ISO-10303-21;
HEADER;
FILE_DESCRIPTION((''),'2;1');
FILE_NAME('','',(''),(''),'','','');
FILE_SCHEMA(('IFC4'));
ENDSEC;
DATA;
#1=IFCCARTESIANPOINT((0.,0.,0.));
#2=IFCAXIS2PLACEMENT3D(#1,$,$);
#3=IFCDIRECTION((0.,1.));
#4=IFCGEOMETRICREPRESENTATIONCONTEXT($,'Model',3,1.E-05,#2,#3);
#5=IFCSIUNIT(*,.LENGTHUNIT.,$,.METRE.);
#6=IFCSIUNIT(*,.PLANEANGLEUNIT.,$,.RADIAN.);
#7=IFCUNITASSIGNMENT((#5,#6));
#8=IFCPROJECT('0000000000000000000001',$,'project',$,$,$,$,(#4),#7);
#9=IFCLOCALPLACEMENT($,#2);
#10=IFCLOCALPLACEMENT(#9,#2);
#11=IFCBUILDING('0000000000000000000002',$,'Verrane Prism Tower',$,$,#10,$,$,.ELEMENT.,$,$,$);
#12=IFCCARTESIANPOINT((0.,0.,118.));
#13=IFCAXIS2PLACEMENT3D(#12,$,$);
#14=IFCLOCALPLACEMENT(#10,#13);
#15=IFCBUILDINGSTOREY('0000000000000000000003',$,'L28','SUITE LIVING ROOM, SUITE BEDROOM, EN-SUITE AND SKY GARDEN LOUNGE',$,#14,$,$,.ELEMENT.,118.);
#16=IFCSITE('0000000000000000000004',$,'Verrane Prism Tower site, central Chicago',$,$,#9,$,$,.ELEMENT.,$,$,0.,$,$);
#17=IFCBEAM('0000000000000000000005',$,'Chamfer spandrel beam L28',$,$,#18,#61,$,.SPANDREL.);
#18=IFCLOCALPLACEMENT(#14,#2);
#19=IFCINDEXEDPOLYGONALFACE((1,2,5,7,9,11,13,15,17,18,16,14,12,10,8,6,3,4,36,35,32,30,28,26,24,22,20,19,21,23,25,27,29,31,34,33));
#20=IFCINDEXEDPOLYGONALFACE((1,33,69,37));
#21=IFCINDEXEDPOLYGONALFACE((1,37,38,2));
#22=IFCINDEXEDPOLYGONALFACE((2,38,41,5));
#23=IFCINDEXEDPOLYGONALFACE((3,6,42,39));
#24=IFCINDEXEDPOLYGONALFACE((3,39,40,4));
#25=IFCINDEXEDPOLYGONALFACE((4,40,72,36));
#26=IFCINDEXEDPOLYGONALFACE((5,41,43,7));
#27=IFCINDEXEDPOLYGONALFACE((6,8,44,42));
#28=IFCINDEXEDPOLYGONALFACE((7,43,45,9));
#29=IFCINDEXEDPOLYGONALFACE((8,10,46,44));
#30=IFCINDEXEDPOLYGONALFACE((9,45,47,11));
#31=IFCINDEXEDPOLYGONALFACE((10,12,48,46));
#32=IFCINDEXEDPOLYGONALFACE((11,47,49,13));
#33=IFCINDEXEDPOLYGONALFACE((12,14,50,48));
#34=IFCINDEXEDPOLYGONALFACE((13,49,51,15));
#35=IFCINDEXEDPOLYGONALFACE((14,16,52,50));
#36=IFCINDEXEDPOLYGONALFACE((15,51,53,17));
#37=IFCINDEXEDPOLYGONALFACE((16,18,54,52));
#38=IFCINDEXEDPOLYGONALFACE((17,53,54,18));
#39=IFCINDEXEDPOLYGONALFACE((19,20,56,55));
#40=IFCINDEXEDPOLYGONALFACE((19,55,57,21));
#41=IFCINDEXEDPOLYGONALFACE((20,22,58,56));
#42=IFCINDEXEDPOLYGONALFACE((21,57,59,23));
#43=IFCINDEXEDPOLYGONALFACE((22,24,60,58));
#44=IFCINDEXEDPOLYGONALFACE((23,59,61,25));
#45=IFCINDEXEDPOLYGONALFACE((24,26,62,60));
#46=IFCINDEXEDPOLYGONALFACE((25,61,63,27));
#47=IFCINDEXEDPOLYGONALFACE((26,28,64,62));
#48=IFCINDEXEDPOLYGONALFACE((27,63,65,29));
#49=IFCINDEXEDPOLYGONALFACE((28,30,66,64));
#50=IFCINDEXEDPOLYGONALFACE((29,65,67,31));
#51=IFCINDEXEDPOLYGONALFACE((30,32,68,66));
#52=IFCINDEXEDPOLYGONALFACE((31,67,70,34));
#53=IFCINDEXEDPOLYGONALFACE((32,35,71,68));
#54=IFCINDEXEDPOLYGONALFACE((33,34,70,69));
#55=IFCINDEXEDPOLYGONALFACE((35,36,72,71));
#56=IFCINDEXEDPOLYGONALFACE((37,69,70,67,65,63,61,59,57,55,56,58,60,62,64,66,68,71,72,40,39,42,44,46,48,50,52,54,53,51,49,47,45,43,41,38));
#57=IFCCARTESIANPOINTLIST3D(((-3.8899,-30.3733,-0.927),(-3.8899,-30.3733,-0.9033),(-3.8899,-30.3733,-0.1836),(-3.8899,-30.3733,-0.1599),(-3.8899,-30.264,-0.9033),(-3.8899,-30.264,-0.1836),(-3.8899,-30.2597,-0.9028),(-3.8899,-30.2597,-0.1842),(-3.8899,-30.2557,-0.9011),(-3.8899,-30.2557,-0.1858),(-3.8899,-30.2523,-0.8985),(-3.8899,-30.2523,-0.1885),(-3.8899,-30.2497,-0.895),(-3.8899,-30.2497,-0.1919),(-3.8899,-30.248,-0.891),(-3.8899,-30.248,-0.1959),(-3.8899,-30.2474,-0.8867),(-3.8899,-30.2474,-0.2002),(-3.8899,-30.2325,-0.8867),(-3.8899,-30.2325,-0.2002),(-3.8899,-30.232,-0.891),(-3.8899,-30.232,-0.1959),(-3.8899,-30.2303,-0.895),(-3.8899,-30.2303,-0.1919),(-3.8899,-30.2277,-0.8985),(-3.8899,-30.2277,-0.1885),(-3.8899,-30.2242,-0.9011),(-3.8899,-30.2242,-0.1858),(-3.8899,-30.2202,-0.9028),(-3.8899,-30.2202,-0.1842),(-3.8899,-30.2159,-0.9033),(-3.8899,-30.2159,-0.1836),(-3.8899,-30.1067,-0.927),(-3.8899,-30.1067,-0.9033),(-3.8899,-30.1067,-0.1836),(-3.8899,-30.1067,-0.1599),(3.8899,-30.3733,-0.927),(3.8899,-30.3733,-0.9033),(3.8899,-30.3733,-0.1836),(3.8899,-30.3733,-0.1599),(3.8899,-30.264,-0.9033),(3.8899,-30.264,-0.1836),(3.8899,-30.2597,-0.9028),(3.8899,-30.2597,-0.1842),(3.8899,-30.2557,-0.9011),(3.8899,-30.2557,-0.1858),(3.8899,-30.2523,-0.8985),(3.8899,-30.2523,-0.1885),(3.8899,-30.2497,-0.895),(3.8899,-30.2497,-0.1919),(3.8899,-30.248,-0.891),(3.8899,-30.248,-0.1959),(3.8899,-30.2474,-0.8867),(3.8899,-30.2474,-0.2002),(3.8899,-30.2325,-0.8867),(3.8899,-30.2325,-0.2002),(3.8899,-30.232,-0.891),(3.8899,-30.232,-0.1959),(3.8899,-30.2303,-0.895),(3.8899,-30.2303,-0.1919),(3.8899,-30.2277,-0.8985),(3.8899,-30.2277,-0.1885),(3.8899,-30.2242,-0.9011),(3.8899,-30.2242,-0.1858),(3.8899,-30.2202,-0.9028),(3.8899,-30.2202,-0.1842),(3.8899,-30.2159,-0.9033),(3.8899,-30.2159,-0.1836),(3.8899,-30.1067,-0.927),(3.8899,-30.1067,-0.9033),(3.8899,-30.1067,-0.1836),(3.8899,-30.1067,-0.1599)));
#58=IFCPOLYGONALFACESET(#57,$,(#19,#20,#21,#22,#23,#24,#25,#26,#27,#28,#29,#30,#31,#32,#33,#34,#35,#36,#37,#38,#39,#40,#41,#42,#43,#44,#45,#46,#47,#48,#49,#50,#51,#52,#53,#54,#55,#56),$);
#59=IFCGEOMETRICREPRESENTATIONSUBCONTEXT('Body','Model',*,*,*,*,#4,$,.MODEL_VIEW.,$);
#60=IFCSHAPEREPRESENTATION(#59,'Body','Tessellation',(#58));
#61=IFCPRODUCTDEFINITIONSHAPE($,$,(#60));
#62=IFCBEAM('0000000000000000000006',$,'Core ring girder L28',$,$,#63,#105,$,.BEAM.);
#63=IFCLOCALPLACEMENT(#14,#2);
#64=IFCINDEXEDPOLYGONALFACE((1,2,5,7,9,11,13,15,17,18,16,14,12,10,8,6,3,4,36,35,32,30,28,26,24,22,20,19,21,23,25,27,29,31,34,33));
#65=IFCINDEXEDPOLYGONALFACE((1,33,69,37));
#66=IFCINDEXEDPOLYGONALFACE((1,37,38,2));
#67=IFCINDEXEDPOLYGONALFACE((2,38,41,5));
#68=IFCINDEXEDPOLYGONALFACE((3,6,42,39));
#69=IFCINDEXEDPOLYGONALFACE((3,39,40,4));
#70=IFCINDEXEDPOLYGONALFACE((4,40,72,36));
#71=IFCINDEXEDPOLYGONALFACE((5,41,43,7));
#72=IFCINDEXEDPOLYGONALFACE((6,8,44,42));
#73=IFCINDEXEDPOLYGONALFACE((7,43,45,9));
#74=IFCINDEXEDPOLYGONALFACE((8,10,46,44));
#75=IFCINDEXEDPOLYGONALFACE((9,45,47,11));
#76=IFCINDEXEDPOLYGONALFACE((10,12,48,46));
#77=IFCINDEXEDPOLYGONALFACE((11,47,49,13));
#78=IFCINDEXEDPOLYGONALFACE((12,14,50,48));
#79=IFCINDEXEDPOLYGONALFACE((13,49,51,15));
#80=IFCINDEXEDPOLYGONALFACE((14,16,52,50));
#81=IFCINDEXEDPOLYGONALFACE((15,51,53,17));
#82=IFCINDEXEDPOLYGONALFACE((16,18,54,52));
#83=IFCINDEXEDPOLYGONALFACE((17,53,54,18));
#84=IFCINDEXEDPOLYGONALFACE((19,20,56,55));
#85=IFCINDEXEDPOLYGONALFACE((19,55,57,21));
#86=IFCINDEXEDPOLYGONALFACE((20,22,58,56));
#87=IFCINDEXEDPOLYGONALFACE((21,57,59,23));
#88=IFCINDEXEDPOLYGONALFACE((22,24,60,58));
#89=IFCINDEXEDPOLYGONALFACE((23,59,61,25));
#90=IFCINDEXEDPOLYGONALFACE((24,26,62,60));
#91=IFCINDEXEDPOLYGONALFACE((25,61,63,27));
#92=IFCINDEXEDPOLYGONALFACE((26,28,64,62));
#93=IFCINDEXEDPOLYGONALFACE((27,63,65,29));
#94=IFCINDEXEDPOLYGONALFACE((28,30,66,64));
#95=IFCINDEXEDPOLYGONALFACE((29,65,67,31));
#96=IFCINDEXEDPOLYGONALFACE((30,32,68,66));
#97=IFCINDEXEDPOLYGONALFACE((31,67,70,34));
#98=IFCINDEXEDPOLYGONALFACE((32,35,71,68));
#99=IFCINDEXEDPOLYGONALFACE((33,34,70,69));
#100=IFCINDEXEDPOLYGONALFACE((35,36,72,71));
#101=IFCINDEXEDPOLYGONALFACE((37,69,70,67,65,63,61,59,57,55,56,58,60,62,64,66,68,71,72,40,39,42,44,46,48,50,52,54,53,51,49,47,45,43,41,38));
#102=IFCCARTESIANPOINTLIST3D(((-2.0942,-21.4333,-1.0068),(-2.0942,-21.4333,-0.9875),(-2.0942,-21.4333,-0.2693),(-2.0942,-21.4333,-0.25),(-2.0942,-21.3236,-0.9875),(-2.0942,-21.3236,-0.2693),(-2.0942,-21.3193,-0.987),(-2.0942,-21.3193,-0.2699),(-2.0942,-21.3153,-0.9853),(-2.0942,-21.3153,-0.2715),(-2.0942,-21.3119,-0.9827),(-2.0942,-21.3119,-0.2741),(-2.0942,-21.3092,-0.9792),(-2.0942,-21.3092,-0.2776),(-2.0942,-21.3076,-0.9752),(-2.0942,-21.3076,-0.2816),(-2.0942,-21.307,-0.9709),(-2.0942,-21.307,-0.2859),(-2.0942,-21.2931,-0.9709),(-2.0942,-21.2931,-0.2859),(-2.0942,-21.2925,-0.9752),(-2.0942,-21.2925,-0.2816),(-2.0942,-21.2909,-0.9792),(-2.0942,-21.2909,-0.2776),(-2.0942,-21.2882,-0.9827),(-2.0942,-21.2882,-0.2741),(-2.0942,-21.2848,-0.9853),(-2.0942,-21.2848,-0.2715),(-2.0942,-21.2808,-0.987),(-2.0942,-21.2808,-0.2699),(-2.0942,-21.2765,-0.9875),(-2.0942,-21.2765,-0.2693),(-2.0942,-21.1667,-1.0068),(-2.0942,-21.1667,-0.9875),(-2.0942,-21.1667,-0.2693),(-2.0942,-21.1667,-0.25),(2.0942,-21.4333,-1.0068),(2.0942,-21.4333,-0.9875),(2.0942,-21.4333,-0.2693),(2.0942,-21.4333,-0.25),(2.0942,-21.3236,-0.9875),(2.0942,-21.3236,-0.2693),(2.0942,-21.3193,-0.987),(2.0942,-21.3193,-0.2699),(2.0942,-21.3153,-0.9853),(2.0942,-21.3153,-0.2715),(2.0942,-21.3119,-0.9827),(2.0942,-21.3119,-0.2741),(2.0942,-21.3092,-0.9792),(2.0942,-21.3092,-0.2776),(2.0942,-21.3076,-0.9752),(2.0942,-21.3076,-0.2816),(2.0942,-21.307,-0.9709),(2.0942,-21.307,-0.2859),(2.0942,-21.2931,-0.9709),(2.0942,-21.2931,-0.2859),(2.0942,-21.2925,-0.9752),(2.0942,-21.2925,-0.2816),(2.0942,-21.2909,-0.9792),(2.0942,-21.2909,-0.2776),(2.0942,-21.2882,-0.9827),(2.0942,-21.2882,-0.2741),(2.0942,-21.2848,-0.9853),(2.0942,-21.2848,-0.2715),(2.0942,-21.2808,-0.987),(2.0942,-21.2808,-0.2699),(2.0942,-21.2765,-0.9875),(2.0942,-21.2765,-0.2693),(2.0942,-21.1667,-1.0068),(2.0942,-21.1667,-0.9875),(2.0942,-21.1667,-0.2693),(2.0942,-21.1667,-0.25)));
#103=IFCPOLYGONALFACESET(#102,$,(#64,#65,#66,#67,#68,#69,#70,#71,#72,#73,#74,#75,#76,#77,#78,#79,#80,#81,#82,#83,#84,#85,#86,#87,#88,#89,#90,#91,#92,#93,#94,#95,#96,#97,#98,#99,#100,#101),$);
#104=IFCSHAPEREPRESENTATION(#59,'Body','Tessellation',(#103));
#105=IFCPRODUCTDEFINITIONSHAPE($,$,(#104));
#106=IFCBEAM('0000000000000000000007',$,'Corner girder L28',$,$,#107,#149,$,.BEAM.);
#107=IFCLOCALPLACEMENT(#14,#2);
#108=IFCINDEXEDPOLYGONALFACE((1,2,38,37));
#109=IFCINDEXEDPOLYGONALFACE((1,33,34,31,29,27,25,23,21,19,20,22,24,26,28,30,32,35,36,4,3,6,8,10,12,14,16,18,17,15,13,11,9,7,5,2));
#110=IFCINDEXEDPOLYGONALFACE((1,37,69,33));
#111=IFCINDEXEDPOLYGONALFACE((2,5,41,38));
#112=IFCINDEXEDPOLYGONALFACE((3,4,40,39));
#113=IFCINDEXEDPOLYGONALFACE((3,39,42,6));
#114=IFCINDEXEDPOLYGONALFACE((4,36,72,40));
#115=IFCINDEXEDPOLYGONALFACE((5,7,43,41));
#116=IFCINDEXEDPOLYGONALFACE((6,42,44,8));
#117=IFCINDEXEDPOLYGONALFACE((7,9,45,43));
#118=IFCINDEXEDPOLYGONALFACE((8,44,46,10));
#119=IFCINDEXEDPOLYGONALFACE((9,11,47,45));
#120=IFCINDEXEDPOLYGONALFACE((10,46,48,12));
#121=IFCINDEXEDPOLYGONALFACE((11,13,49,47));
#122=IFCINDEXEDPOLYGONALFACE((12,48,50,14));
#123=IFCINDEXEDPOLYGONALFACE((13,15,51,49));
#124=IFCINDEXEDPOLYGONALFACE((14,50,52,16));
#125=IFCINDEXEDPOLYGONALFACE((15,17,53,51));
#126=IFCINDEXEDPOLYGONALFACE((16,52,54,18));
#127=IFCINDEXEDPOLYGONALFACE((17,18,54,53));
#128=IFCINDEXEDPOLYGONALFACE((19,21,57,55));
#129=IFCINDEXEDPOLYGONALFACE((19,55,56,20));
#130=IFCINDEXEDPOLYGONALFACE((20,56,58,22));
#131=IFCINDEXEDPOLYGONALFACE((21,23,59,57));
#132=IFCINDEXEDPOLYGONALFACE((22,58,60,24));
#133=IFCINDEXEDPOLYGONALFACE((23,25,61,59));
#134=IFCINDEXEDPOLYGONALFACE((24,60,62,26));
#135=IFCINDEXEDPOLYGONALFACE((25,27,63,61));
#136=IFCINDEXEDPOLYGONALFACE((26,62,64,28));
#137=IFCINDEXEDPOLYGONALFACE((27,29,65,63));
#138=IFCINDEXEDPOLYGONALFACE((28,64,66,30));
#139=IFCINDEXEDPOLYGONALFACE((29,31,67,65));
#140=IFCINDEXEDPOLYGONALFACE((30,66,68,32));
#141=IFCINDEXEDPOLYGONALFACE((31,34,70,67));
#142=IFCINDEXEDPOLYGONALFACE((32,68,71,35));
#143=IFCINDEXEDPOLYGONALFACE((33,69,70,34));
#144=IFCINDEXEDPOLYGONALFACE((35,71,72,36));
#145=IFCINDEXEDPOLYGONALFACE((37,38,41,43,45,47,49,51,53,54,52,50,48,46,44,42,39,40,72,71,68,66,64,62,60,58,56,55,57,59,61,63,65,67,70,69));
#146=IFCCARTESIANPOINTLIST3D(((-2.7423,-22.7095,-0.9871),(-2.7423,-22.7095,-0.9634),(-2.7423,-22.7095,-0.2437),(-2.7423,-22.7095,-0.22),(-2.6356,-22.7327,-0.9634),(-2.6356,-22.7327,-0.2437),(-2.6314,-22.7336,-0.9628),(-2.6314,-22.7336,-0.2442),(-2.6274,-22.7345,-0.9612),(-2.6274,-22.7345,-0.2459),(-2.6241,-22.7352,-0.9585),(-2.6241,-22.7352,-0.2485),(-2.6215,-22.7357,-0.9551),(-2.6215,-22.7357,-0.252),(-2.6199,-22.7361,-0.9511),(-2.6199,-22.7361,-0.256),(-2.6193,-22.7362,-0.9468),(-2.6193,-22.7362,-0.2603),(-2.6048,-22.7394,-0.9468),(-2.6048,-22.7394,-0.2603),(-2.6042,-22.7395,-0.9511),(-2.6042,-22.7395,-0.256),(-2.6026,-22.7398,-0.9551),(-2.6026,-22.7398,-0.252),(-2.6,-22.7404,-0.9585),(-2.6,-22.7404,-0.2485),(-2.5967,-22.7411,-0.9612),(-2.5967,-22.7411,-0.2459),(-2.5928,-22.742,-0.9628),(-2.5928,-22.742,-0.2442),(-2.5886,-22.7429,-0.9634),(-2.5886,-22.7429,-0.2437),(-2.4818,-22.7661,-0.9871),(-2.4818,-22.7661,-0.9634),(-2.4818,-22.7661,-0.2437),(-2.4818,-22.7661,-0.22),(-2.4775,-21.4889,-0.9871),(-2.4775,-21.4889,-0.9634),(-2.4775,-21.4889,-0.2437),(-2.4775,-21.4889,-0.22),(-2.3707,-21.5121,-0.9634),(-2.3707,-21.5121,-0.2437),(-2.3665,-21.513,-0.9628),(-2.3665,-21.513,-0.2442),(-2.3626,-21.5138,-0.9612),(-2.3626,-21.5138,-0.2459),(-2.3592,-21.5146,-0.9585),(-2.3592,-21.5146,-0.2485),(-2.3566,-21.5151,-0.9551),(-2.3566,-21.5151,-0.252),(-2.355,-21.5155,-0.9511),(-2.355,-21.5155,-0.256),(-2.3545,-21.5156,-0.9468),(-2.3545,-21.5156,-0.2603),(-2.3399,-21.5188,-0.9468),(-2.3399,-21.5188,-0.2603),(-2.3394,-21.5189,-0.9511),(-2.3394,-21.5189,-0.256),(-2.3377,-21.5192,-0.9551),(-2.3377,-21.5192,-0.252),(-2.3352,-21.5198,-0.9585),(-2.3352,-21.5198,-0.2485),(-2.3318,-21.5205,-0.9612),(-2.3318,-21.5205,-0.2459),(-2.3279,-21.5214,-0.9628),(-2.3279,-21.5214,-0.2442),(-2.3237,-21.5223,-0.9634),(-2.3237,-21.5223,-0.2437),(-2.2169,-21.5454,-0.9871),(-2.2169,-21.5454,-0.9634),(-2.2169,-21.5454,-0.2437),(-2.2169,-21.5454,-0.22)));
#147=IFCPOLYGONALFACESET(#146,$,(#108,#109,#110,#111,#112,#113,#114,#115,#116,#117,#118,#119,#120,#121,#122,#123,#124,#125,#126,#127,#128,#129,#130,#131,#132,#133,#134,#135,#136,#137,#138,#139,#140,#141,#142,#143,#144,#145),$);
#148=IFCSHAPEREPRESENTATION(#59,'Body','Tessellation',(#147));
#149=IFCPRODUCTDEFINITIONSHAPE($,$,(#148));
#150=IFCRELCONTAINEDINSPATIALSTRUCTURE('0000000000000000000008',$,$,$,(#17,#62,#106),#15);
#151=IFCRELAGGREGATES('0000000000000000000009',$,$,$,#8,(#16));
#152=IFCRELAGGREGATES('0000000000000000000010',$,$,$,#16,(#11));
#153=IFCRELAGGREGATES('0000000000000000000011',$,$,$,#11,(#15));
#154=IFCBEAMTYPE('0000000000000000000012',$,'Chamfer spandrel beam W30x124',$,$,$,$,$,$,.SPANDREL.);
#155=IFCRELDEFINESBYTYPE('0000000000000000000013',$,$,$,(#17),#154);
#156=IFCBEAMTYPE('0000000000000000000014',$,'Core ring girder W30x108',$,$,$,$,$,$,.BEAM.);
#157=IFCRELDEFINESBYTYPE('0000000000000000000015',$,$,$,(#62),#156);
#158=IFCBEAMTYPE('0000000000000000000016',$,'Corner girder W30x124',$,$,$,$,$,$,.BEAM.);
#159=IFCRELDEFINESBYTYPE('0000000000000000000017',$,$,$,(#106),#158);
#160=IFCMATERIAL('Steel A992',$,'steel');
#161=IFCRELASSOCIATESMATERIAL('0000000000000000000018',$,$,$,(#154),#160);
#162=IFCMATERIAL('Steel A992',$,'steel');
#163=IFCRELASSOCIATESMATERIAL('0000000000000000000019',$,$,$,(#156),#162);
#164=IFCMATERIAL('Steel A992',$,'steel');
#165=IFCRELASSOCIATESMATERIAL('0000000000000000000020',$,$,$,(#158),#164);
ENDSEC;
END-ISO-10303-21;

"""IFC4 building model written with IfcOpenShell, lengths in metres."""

from ifc_helpers import new_model, si_unit, direction, frame, origin, origin_2d, place, context, subcontext, project, spatial, i_section, extrude, material, material_profile, profile_set, type_object, element, save


model = new_model("IFC4")

# Units and contexts
model_context = context("Model", 3, precision=1e-05, world=origin(), true_north=direction((0.0, 1.0)))
body_context = subcontext(model_context, "Body", "Model", "MODEL_VIEW")
ifc_project = project(units=[si_unit("LENGTHUNIT", "METRE"), si_unit("PLANEANGLEUNIT", "RADIAN")], contexts=[model_context])

# Site, building, storey
site_placement = place(None, origin())
site = spatial("IfcSite", under=ifc_project, at=site_placement, Name="Verrane Prism Tower site, central Chicago", CompositionType="ELEMENT", RefElevation=0.0)
building_placement = place(site_placement, origin())
building = spatial("IfcBuilding", under=site, at=building_placement, Name="Verrane Prism Tower", CompositionType="ELEMENT")
storey_placement = place(building_placement, frame((0.0, 0.0, 118.0)))
storey = spatial("IfcBuildingStorey", under=building, at=storey_placement, Name="L28", Description="SUITE LIVING ROOM, SUITE BEDROOM, EN-SUITE AND SKY GARDEN LOUNGE", CompositionType="ELEMENT", Elevation=118.0)

# Beams
ifc_material_1 = material(Name="Steel A992", Category="steel")
ifc_material_profile_1 = material_profile(ifc_material_1, i_section(OverallWidth=0.2666, OverallDepth=0.7671, WebThickness=0.0149, FlangeThickness=0.0237, FilletRadius=0.0166, at=origin_2d()), Name="W30x124")
ifc_profile_set_1 = profile_set([ifc_material_profile_1], Name="Steel A992")
beam_type_1 = type_object("IfcBeamType", Name="Chamfer spandrel beam W30x124", PredefinedType="SPANDREL", material=ifc_profile_set_1)
beam_1_placement = place(storey_placement, frame((-3.8899, -30.24, -0.5435), z_axis=(1.0, 0.0, 0.0), x_axis=(0.0, 1.0, 0.0)))
element("IfcBeam", 1, at=beam_1_placement, inside=storey, type_object=beam_type_1, Name="Chamfer spandrel beam L28", PredefinedType="SPANDREL", context=body_context, shape_type="SweptSolid", body=[
    extrude(i_section(OverallWidth=0.2666, OverallDepth=0.7671, WebThickness=0.0149, FlangeThickness=0.0237, FilletRadius=0.0166, at=origin_2d()), origin(), (0.0, 0.0, 1.0), 7.7798),
])
ifc_material_2 = material(Name="Steel A992", Category="steel")
ifc_material_profile_2 = material_profile(ifc_material_2, i_section(OverallWidth=0.2666, OverallDepth=0.7568, WebThickness=0.0139, FlangeThickness=0.0193, FilletRadius=0.0166, at=origin_2d()), Name="W30x108")
ifc_profile_set_2 = profile_set([ifc_material_profile_2], Name="Steel A992")
beam_type_2 = type_object("IfcBeamType", Name="Core ring girder W30x108", PredefinedType="BEAM", material=ifc_profile_set_2)
beam_2_placement = place(storey_placement, frame((-2.0942, -21.3, -0.6284), z_axis=(1.0, 0.0, 0.0), x_axis=(0.0, 1.0, 0.0)))
element("IfcBeam", 2, at=beam_2_placement, inside=storey, type_object=beam_type_2, Name="Core ring girder L28", PredefinedType="BEAM", context=body_context, shape_type="SweptSolid", body=[
    extrude(i_section(OverallWidth=0.2666, OverallDepth=0.7568, WebThickness=0.0139, FlangeThickness=0.0193, FilletRadius=0.0166, at=origin_2d()), origin(), (0.0, 0.0, 1.0), 4.1885),
])
ifc_material_3 = material(Name="Steel A992", Category="steel")
ifc_material_profile_3 = material_profile(ifc_material_3, i_section(OverallWidth=0.2666, OverallDepth=0.7671, WebThickness=0.0149, FlangeThickness=0.0237, FilletRadius=0.0166, at=origin_2d()), Name="W30x124")
ifc_profile_set_3 = profile_set([ifc_material_profile_3], Name="Steel A992")
beam_type_3 = type_object("IfcBeamType", Name="Corner girder W30x124", PredefinedType="BEAM", material=ifc_profile_set_3)
beam_3_placement = place(storey_placement, frame((-2.6121, -22.7378, -0.6035), z_axis=(0.212064, 0.977256, 0.0), x_axis=(-0.977256, 0.212064, 0.0)))
element("IfcBeam", 3, at=beam_3_placement, inside=storey, type_object=beam_type_3, Name="Corner girder L28", PredefinedType="BEAM", context=body_context, shape_type="SweptSolid", body=[
    extrude(i_section(OverallWidth=0.2666, OverallDepth=0.7671, WebThickness=0.0149, FlangeThickness=0.0237, FilletRadius=0.0166, at=origin_2d()), origin(), (0.0, 0.0, 1.0), 1.249),
])

save(model, "model.ifc")
